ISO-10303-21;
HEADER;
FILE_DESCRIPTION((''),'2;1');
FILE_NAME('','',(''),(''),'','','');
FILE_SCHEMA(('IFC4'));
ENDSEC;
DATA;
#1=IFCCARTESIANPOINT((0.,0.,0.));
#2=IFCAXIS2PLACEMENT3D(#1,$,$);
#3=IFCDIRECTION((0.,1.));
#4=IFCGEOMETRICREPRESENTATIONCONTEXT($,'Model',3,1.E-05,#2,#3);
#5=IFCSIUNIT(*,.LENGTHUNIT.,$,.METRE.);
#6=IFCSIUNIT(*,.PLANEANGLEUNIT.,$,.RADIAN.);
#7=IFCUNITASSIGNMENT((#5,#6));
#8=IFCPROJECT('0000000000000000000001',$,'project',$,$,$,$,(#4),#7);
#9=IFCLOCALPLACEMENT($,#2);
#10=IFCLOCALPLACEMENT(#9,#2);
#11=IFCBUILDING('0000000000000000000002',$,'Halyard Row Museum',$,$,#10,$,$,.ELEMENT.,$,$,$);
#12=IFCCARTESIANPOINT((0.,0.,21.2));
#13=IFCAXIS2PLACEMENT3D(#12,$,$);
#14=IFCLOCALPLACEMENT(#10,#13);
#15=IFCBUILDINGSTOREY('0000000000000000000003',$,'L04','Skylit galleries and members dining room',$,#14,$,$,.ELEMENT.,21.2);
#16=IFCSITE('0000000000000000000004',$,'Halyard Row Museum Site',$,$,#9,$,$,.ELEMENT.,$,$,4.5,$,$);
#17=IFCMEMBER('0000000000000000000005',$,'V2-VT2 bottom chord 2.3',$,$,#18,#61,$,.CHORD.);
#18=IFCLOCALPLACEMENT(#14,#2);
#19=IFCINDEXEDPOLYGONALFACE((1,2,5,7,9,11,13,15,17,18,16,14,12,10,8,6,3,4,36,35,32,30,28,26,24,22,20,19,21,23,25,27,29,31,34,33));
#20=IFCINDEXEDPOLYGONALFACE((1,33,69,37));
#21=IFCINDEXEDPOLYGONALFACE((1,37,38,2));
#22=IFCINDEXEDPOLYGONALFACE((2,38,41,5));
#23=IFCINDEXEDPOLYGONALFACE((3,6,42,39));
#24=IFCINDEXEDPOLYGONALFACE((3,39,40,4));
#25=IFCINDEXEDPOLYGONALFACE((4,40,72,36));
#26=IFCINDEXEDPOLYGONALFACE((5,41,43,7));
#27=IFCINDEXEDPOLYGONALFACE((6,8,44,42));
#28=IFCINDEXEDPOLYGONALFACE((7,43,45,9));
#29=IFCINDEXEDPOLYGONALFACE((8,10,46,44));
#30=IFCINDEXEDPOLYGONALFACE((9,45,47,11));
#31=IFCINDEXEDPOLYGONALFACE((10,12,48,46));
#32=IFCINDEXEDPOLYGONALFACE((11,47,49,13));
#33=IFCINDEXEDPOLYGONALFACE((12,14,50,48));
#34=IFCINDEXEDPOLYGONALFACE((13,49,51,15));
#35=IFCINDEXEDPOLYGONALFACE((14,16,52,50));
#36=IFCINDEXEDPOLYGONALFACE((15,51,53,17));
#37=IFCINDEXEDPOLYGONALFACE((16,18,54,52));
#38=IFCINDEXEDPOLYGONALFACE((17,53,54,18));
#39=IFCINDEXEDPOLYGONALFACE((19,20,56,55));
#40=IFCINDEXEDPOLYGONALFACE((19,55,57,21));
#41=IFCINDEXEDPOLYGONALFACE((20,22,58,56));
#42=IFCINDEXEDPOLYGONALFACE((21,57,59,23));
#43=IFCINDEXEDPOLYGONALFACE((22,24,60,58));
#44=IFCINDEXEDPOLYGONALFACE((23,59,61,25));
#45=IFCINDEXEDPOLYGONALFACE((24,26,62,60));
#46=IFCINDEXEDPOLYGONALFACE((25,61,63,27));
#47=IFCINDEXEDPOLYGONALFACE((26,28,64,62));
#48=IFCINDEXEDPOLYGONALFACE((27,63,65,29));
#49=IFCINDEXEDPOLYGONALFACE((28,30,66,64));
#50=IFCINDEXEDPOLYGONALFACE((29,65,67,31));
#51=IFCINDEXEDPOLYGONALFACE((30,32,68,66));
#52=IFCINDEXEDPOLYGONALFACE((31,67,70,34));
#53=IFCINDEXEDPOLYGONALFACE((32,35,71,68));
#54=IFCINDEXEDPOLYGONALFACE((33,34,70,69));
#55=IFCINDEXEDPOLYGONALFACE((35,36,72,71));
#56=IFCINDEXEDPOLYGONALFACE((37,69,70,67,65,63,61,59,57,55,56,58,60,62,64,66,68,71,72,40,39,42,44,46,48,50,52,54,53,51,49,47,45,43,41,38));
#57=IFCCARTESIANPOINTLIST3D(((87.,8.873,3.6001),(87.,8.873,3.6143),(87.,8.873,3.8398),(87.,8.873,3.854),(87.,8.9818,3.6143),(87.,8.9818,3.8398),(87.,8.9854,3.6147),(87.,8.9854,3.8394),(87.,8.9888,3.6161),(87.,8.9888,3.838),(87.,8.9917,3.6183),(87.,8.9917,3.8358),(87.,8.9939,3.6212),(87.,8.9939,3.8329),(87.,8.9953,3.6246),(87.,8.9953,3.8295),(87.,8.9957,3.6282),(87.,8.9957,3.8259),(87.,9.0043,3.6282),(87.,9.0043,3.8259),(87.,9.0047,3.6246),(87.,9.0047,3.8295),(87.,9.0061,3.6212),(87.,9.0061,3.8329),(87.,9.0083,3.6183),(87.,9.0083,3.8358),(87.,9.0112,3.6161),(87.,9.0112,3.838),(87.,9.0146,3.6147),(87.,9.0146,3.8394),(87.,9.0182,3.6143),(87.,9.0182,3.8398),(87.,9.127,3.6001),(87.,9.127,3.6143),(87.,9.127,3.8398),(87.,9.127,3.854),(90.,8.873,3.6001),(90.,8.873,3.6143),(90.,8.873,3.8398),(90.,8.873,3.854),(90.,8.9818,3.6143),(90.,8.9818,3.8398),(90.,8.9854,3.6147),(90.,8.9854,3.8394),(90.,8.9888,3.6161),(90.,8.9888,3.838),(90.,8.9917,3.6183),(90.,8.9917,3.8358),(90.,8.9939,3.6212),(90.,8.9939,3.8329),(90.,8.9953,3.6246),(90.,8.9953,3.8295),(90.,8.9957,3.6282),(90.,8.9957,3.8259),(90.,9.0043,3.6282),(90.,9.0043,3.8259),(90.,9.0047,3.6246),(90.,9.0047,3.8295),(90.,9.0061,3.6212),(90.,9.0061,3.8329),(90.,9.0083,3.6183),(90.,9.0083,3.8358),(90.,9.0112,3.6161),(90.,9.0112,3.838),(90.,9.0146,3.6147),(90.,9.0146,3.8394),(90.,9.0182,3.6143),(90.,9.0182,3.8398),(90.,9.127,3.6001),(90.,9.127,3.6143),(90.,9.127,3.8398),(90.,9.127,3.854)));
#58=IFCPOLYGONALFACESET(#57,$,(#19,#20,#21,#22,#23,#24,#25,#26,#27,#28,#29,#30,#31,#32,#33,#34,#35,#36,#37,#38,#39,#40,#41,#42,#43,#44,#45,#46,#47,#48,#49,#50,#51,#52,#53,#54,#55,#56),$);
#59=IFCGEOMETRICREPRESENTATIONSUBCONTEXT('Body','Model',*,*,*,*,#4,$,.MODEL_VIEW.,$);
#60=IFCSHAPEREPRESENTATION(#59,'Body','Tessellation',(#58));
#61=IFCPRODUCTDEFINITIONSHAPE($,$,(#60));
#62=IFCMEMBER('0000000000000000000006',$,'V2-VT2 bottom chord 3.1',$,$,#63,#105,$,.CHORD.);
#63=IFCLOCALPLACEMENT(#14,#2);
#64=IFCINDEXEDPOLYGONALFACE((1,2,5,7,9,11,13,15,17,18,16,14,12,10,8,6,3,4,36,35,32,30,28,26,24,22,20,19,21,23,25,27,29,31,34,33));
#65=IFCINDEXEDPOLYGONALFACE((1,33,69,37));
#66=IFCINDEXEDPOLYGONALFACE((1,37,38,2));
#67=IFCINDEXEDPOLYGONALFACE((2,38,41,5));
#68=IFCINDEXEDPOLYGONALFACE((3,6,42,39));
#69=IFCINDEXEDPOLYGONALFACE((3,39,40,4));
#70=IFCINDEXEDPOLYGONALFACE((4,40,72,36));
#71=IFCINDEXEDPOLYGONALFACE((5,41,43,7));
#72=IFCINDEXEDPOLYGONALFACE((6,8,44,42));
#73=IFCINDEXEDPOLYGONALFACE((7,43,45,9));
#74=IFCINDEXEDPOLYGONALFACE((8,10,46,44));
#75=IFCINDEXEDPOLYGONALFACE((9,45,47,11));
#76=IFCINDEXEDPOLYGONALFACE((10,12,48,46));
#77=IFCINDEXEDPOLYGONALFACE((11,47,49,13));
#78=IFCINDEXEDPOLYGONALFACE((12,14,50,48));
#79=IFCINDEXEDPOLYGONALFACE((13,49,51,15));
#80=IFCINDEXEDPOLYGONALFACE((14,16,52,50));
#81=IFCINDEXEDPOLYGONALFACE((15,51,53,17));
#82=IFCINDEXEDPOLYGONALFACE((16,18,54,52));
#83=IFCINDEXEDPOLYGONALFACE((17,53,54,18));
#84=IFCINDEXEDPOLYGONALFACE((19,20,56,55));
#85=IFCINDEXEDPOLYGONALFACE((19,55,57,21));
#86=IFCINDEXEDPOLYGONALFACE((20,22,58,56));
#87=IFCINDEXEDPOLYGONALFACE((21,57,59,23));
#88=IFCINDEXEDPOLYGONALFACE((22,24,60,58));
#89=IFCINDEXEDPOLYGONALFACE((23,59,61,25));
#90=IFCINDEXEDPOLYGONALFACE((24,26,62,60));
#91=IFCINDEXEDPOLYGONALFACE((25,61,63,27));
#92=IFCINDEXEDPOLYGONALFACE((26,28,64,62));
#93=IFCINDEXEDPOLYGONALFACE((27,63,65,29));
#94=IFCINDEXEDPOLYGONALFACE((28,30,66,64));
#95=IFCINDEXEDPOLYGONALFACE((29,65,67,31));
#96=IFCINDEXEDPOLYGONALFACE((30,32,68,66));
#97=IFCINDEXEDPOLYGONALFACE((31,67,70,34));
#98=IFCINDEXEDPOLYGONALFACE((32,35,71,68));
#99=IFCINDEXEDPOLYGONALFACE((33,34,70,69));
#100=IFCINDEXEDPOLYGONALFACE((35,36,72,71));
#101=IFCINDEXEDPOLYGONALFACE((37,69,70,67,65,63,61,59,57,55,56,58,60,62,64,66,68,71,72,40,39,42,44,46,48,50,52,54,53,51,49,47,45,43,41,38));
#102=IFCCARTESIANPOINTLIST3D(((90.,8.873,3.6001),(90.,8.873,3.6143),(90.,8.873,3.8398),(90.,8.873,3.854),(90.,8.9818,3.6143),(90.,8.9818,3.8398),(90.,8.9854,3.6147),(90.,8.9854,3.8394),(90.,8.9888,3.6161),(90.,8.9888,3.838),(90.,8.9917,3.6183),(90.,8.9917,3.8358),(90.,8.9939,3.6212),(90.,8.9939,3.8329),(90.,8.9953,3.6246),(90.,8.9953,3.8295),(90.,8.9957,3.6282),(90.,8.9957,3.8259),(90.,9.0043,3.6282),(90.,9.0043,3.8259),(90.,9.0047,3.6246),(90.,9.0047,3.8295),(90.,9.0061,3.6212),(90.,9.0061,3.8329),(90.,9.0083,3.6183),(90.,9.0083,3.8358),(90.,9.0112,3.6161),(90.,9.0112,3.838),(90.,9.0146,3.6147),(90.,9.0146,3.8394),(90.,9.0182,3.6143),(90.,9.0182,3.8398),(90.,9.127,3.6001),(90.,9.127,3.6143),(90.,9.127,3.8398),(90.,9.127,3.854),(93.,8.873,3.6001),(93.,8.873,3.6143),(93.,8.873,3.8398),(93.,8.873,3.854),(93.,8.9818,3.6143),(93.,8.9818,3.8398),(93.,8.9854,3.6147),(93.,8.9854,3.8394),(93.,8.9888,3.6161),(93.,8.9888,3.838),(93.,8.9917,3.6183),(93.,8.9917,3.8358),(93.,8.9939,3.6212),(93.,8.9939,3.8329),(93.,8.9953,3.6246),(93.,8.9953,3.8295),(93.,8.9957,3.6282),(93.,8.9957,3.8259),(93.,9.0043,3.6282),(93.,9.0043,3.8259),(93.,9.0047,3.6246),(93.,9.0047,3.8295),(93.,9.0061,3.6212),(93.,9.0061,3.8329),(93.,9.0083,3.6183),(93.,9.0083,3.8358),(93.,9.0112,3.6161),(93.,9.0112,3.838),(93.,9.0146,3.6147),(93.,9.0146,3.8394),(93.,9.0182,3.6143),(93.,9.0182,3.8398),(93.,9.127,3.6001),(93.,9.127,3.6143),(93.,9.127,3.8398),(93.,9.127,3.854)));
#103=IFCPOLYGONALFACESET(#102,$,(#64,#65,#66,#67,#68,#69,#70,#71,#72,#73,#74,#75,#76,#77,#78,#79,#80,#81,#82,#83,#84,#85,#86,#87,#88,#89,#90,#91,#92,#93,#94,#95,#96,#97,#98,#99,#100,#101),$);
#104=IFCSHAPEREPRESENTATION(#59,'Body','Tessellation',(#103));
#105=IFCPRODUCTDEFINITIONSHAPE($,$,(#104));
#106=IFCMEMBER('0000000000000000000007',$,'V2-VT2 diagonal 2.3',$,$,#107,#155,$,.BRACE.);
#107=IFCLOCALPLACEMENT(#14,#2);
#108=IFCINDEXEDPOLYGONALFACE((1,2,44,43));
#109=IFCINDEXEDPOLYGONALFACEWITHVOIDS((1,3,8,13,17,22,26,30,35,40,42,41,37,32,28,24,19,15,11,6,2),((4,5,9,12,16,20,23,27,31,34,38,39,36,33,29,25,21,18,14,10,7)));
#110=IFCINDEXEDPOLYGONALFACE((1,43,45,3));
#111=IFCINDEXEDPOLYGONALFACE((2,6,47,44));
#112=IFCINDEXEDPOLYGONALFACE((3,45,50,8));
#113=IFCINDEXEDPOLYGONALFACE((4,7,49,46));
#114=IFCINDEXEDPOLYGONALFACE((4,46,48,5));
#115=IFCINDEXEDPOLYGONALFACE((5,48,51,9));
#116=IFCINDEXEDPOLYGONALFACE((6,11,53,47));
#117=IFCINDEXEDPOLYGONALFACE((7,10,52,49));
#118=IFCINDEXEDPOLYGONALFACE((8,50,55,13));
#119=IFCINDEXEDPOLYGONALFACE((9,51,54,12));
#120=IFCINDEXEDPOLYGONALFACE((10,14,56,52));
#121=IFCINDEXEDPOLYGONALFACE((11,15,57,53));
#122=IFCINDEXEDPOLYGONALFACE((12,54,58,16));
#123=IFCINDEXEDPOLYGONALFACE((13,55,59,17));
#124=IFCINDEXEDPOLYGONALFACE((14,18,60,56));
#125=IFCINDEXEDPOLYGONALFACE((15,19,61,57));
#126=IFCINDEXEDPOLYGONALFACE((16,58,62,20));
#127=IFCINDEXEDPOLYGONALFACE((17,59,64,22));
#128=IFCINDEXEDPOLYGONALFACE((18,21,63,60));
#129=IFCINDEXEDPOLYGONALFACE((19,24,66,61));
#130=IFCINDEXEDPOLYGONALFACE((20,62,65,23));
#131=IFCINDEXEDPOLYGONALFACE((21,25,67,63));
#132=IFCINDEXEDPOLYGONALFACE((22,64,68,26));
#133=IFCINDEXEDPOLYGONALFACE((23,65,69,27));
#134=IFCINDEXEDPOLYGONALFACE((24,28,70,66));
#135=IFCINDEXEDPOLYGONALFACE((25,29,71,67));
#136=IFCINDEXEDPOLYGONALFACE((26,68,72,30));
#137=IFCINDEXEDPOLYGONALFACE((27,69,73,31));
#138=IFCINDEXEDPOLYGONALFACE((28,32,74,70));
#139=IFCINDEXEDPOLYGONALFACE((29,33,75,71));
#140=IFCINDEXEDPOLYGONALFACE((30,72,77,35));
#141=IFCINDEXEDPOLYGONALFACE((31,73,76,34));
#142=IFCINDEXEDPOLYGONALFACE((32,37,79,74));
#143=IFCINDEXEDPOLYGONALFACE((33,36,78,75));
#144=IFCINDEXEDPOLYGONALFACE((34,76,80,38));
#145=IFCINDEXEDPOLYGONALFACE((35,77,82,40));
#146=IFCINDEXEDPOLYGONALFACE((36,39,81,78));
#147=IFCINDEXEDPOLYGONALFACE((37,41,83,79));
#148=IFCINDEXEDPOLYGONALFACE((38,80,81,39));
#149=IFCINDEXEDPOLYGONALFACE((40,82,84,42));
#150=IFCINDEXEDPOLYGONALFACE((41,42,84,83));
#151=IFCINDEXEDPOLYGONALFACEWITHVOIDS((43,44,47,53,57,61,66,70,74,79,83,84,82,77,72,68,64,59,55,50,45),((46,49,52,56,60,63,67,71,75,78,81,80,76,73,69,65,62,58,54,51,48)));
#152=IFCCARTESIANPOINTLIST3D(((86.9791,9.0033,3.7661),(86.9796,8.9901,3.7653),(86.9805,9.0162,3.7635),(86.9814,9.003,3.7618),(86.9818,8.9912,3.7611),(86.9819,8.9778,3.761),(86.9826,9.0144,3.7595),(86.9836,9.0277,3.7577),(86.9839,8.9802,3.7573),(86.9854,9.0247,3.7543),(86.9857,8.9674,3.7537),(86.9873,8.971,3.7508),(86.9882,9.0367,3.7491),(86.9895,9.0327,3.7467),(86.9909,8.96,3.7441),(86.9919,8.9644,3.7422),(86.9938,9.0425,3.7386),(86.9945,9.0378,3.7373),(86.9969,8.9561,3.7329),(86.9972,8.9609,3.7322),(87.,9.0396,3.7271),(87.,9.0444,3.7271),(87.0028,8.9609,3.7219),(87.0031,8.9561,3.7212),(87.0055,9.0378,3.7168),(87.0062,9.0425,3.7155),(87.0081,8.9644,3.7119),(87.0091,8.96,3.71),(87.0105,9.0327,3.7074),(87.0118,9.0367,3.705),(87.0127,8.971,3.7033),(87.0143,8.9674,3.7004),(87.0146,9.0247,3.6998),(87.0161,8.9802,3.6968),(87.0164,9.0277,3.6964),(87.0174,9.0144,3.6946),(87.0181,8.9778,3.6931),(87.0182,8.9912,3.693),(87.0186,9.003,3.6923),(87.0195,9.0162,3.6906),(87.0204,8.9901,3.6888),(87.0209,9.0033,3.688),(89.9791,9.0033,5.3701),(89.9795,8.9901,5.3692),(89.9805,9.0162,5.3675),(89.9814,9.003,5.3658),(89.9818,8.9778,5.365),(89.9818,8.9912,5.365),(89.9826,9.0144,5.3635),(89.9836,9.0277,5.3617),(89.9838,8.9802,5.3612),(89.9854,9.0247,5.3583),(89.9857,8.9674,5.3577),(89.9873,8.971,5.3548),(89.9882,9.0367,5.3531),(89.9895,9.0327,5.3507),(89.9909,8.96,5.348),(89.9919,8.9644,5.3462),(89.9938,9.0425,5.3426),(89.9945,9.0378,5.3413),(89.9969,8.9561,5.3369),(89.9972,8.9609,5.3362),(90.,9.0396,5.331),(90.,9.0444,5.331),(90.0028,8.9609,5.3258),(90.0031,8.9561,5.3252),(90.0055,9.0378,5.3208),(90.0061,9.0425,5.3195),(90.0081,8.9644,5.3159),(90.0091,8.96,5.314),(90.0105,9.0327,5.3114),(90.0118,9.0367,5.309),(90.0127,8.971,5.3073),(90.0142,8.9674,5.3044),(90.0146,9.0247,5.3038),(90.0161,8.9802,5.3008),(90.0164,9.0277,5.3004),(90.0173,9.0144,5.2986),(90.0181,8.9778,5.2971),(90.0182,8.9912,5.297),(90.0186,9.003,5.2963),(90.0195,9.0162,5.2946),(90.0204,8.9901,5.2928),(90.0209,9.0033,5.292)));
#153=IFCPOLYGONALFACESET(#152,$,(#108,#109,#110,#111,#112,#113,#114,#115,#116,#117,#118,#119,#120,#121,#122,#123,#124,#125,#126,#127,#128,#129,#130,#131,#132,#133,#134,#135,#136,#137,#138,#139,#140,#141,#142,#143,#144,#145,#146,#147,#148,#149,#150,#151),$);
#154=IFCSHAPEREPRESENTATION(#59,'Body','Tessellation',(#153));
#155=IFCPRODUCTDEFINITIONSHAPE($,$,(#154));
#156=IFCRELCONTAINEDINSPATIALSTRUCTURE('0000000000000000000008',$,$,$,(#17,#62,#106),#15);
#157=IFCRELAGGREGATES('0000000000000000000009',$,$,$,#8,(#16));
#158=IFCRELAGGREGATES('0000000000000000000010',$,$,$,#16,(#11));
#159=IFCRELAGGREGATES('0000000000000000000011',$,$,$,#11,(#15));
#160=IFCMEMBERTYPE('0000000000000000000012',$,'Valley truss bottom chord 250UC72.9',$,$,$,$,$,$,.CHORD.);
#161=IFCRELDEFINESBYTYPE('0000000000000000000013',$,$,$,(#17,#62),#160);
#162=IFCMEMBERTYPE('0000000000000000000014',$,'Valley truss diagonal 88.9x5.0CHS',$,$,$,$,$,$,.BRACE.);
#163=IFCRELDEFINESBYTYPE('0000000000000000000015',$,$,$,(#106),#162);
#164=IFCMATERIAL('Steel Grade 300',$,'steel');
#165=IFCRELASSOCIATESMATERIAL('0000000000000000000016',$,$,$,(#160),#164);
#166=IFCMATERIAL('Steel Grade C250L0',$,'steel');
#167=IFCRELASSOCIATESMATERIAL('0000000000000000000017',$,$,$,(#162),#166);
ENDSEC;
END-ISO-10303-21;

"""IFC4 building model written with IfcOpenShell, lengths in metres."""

from ifc_helpers import new_model, si_unit, direction, frame, origin, origin_2d, place, context, subcontext, project, spatial, hollow_circle, i_section, extrude, material, material_profile, profile_set, type_object, element, save


model = new_model("IFC4")

# Units and contexts
model_context = context("Model", 3, precision=1e-05, world=origin(), true_north=direction((0.0, 1.0)))
body_context = subcontext(model_context, "Body", "Model", "MODEL_VIEW")
ifc_project = project(units=[si_unit("LENGTHUNIT", "METRE"), si_unit("PLANEANGLEUNIT", "RADIAN")], contexts=[model_context])

# Site, building, storey
site_placement = place(None, origin())
site = spatial("IfcSite", under=ifc_project, at=site_placement, Name="Halyard Row Museum Site", CompositionType="ELEMENT", RefElevation=4.5)
building_placement = place(site_placement, origin())
building = spatial("IfcBuilding", under=site, at=building_placement, Name="Halyard Row Museum", CompositionType="ELEMENT")
storey_placement = place(building_placement, frame((0.0, 0.0, 21.2)))
storey = spatial("IfcBuildingStorey", under=building, at=storey_placement, Name="L04", Description="Skylit galleries and members dining room", CompositionType="ELEMENT", Elevation=21.2)

# Members
ifc_material_1 = material(Name="Steel Grade 300", Category="steel")
ifc_material_profile_1 = material_profile(ifc_material_1, i_section(OverallWidth=0.2539, OverallDepth=0.2539, WebThickness=0.0085, FlangeThickness=0.0142, FilletRadius=0.0139, at=origin_2d()), Name="250UC72.9")
ifc_profile_set_1 = profile_set([ifc_material_profile_1], Name="Steel Grade 300")
member_type_1 = type_object("IfcMemberType", Name="Valley truss bottom chord 250UC72.9", PredefinedType="CHORD", material=ifc_profile_set_1)
for number, where, z_axis, x_axis, name in (
    (1, (87.0, 9.0, 3.7271), (1.0, 0.0, 0.0), (0.0, 1.0, 0.0), "V2-VT2 bottom chord 2.3"),
    (2, (90.0, 9.0, 3.7271), (1.0, 0.0, 0.0), (0.0, 1.0, 0.0), "V2-VT2 bottom chord 3.1"),
):
    element("IfcMember", number, at=place(storey_placement, frame(where, z_axis=z_axis, x_axis=x_axis)), inside=storey, type_object=member_type_1, Name=name, PredefinedType="CHORD", context=body_context, shape_type="SweptSolid", body=[
        extrude(i_section(OverallWidth=0.2539, OverallDepth=0.2539, WebThickness=0.0085, FlangeThickness=0.0142, FilletRadius=0.0139, at=origin_2d()), origin(), (0.0, 0.0, 1.0), 3.0),
    ])
ifc_material_2 = material(Name="Steel Grade C250L0", Category="steel")
ifc_material_profile_2 = material_profile(ifc_material_2, hollow_circle(Radius=0.0444, WallThickness=0.0049, at=origin_2d()), Name="88.9x5.0CHS")
ifc_profile_set_2 = profile_set([ifc_material_profile_2], Name="Steel Grade C250L0")
member_type_2 = type_object("IfcMemberType", Name="Valley truss diagonal 88.9x5.0CHS", PredefinedType="BRACE", material=ifc_profile_set_2)
member_1_placement = place(storey_placement, frame((87.0, 9.0, 3.7271), z_axis=(0.881864, 0.0, 0.471504), x_axis=(0.0, 1.0, 0.0)))
element("IfcMember", 3, at=member_1_placement, inside=storey, type_object=member_type_2, Name="V2-VT2 diagonal 2.3", PredefinedType="BRACE", context=body_context, shape_type="SweptSolid", body=[
    extrude(hollow_circle(Radius=0.0444, WallThickness=0.0049, at=origin_2d()), origin(), (0.0, 0.0, 1.0), 3.4019),
])

save(model, "model.ifc")
